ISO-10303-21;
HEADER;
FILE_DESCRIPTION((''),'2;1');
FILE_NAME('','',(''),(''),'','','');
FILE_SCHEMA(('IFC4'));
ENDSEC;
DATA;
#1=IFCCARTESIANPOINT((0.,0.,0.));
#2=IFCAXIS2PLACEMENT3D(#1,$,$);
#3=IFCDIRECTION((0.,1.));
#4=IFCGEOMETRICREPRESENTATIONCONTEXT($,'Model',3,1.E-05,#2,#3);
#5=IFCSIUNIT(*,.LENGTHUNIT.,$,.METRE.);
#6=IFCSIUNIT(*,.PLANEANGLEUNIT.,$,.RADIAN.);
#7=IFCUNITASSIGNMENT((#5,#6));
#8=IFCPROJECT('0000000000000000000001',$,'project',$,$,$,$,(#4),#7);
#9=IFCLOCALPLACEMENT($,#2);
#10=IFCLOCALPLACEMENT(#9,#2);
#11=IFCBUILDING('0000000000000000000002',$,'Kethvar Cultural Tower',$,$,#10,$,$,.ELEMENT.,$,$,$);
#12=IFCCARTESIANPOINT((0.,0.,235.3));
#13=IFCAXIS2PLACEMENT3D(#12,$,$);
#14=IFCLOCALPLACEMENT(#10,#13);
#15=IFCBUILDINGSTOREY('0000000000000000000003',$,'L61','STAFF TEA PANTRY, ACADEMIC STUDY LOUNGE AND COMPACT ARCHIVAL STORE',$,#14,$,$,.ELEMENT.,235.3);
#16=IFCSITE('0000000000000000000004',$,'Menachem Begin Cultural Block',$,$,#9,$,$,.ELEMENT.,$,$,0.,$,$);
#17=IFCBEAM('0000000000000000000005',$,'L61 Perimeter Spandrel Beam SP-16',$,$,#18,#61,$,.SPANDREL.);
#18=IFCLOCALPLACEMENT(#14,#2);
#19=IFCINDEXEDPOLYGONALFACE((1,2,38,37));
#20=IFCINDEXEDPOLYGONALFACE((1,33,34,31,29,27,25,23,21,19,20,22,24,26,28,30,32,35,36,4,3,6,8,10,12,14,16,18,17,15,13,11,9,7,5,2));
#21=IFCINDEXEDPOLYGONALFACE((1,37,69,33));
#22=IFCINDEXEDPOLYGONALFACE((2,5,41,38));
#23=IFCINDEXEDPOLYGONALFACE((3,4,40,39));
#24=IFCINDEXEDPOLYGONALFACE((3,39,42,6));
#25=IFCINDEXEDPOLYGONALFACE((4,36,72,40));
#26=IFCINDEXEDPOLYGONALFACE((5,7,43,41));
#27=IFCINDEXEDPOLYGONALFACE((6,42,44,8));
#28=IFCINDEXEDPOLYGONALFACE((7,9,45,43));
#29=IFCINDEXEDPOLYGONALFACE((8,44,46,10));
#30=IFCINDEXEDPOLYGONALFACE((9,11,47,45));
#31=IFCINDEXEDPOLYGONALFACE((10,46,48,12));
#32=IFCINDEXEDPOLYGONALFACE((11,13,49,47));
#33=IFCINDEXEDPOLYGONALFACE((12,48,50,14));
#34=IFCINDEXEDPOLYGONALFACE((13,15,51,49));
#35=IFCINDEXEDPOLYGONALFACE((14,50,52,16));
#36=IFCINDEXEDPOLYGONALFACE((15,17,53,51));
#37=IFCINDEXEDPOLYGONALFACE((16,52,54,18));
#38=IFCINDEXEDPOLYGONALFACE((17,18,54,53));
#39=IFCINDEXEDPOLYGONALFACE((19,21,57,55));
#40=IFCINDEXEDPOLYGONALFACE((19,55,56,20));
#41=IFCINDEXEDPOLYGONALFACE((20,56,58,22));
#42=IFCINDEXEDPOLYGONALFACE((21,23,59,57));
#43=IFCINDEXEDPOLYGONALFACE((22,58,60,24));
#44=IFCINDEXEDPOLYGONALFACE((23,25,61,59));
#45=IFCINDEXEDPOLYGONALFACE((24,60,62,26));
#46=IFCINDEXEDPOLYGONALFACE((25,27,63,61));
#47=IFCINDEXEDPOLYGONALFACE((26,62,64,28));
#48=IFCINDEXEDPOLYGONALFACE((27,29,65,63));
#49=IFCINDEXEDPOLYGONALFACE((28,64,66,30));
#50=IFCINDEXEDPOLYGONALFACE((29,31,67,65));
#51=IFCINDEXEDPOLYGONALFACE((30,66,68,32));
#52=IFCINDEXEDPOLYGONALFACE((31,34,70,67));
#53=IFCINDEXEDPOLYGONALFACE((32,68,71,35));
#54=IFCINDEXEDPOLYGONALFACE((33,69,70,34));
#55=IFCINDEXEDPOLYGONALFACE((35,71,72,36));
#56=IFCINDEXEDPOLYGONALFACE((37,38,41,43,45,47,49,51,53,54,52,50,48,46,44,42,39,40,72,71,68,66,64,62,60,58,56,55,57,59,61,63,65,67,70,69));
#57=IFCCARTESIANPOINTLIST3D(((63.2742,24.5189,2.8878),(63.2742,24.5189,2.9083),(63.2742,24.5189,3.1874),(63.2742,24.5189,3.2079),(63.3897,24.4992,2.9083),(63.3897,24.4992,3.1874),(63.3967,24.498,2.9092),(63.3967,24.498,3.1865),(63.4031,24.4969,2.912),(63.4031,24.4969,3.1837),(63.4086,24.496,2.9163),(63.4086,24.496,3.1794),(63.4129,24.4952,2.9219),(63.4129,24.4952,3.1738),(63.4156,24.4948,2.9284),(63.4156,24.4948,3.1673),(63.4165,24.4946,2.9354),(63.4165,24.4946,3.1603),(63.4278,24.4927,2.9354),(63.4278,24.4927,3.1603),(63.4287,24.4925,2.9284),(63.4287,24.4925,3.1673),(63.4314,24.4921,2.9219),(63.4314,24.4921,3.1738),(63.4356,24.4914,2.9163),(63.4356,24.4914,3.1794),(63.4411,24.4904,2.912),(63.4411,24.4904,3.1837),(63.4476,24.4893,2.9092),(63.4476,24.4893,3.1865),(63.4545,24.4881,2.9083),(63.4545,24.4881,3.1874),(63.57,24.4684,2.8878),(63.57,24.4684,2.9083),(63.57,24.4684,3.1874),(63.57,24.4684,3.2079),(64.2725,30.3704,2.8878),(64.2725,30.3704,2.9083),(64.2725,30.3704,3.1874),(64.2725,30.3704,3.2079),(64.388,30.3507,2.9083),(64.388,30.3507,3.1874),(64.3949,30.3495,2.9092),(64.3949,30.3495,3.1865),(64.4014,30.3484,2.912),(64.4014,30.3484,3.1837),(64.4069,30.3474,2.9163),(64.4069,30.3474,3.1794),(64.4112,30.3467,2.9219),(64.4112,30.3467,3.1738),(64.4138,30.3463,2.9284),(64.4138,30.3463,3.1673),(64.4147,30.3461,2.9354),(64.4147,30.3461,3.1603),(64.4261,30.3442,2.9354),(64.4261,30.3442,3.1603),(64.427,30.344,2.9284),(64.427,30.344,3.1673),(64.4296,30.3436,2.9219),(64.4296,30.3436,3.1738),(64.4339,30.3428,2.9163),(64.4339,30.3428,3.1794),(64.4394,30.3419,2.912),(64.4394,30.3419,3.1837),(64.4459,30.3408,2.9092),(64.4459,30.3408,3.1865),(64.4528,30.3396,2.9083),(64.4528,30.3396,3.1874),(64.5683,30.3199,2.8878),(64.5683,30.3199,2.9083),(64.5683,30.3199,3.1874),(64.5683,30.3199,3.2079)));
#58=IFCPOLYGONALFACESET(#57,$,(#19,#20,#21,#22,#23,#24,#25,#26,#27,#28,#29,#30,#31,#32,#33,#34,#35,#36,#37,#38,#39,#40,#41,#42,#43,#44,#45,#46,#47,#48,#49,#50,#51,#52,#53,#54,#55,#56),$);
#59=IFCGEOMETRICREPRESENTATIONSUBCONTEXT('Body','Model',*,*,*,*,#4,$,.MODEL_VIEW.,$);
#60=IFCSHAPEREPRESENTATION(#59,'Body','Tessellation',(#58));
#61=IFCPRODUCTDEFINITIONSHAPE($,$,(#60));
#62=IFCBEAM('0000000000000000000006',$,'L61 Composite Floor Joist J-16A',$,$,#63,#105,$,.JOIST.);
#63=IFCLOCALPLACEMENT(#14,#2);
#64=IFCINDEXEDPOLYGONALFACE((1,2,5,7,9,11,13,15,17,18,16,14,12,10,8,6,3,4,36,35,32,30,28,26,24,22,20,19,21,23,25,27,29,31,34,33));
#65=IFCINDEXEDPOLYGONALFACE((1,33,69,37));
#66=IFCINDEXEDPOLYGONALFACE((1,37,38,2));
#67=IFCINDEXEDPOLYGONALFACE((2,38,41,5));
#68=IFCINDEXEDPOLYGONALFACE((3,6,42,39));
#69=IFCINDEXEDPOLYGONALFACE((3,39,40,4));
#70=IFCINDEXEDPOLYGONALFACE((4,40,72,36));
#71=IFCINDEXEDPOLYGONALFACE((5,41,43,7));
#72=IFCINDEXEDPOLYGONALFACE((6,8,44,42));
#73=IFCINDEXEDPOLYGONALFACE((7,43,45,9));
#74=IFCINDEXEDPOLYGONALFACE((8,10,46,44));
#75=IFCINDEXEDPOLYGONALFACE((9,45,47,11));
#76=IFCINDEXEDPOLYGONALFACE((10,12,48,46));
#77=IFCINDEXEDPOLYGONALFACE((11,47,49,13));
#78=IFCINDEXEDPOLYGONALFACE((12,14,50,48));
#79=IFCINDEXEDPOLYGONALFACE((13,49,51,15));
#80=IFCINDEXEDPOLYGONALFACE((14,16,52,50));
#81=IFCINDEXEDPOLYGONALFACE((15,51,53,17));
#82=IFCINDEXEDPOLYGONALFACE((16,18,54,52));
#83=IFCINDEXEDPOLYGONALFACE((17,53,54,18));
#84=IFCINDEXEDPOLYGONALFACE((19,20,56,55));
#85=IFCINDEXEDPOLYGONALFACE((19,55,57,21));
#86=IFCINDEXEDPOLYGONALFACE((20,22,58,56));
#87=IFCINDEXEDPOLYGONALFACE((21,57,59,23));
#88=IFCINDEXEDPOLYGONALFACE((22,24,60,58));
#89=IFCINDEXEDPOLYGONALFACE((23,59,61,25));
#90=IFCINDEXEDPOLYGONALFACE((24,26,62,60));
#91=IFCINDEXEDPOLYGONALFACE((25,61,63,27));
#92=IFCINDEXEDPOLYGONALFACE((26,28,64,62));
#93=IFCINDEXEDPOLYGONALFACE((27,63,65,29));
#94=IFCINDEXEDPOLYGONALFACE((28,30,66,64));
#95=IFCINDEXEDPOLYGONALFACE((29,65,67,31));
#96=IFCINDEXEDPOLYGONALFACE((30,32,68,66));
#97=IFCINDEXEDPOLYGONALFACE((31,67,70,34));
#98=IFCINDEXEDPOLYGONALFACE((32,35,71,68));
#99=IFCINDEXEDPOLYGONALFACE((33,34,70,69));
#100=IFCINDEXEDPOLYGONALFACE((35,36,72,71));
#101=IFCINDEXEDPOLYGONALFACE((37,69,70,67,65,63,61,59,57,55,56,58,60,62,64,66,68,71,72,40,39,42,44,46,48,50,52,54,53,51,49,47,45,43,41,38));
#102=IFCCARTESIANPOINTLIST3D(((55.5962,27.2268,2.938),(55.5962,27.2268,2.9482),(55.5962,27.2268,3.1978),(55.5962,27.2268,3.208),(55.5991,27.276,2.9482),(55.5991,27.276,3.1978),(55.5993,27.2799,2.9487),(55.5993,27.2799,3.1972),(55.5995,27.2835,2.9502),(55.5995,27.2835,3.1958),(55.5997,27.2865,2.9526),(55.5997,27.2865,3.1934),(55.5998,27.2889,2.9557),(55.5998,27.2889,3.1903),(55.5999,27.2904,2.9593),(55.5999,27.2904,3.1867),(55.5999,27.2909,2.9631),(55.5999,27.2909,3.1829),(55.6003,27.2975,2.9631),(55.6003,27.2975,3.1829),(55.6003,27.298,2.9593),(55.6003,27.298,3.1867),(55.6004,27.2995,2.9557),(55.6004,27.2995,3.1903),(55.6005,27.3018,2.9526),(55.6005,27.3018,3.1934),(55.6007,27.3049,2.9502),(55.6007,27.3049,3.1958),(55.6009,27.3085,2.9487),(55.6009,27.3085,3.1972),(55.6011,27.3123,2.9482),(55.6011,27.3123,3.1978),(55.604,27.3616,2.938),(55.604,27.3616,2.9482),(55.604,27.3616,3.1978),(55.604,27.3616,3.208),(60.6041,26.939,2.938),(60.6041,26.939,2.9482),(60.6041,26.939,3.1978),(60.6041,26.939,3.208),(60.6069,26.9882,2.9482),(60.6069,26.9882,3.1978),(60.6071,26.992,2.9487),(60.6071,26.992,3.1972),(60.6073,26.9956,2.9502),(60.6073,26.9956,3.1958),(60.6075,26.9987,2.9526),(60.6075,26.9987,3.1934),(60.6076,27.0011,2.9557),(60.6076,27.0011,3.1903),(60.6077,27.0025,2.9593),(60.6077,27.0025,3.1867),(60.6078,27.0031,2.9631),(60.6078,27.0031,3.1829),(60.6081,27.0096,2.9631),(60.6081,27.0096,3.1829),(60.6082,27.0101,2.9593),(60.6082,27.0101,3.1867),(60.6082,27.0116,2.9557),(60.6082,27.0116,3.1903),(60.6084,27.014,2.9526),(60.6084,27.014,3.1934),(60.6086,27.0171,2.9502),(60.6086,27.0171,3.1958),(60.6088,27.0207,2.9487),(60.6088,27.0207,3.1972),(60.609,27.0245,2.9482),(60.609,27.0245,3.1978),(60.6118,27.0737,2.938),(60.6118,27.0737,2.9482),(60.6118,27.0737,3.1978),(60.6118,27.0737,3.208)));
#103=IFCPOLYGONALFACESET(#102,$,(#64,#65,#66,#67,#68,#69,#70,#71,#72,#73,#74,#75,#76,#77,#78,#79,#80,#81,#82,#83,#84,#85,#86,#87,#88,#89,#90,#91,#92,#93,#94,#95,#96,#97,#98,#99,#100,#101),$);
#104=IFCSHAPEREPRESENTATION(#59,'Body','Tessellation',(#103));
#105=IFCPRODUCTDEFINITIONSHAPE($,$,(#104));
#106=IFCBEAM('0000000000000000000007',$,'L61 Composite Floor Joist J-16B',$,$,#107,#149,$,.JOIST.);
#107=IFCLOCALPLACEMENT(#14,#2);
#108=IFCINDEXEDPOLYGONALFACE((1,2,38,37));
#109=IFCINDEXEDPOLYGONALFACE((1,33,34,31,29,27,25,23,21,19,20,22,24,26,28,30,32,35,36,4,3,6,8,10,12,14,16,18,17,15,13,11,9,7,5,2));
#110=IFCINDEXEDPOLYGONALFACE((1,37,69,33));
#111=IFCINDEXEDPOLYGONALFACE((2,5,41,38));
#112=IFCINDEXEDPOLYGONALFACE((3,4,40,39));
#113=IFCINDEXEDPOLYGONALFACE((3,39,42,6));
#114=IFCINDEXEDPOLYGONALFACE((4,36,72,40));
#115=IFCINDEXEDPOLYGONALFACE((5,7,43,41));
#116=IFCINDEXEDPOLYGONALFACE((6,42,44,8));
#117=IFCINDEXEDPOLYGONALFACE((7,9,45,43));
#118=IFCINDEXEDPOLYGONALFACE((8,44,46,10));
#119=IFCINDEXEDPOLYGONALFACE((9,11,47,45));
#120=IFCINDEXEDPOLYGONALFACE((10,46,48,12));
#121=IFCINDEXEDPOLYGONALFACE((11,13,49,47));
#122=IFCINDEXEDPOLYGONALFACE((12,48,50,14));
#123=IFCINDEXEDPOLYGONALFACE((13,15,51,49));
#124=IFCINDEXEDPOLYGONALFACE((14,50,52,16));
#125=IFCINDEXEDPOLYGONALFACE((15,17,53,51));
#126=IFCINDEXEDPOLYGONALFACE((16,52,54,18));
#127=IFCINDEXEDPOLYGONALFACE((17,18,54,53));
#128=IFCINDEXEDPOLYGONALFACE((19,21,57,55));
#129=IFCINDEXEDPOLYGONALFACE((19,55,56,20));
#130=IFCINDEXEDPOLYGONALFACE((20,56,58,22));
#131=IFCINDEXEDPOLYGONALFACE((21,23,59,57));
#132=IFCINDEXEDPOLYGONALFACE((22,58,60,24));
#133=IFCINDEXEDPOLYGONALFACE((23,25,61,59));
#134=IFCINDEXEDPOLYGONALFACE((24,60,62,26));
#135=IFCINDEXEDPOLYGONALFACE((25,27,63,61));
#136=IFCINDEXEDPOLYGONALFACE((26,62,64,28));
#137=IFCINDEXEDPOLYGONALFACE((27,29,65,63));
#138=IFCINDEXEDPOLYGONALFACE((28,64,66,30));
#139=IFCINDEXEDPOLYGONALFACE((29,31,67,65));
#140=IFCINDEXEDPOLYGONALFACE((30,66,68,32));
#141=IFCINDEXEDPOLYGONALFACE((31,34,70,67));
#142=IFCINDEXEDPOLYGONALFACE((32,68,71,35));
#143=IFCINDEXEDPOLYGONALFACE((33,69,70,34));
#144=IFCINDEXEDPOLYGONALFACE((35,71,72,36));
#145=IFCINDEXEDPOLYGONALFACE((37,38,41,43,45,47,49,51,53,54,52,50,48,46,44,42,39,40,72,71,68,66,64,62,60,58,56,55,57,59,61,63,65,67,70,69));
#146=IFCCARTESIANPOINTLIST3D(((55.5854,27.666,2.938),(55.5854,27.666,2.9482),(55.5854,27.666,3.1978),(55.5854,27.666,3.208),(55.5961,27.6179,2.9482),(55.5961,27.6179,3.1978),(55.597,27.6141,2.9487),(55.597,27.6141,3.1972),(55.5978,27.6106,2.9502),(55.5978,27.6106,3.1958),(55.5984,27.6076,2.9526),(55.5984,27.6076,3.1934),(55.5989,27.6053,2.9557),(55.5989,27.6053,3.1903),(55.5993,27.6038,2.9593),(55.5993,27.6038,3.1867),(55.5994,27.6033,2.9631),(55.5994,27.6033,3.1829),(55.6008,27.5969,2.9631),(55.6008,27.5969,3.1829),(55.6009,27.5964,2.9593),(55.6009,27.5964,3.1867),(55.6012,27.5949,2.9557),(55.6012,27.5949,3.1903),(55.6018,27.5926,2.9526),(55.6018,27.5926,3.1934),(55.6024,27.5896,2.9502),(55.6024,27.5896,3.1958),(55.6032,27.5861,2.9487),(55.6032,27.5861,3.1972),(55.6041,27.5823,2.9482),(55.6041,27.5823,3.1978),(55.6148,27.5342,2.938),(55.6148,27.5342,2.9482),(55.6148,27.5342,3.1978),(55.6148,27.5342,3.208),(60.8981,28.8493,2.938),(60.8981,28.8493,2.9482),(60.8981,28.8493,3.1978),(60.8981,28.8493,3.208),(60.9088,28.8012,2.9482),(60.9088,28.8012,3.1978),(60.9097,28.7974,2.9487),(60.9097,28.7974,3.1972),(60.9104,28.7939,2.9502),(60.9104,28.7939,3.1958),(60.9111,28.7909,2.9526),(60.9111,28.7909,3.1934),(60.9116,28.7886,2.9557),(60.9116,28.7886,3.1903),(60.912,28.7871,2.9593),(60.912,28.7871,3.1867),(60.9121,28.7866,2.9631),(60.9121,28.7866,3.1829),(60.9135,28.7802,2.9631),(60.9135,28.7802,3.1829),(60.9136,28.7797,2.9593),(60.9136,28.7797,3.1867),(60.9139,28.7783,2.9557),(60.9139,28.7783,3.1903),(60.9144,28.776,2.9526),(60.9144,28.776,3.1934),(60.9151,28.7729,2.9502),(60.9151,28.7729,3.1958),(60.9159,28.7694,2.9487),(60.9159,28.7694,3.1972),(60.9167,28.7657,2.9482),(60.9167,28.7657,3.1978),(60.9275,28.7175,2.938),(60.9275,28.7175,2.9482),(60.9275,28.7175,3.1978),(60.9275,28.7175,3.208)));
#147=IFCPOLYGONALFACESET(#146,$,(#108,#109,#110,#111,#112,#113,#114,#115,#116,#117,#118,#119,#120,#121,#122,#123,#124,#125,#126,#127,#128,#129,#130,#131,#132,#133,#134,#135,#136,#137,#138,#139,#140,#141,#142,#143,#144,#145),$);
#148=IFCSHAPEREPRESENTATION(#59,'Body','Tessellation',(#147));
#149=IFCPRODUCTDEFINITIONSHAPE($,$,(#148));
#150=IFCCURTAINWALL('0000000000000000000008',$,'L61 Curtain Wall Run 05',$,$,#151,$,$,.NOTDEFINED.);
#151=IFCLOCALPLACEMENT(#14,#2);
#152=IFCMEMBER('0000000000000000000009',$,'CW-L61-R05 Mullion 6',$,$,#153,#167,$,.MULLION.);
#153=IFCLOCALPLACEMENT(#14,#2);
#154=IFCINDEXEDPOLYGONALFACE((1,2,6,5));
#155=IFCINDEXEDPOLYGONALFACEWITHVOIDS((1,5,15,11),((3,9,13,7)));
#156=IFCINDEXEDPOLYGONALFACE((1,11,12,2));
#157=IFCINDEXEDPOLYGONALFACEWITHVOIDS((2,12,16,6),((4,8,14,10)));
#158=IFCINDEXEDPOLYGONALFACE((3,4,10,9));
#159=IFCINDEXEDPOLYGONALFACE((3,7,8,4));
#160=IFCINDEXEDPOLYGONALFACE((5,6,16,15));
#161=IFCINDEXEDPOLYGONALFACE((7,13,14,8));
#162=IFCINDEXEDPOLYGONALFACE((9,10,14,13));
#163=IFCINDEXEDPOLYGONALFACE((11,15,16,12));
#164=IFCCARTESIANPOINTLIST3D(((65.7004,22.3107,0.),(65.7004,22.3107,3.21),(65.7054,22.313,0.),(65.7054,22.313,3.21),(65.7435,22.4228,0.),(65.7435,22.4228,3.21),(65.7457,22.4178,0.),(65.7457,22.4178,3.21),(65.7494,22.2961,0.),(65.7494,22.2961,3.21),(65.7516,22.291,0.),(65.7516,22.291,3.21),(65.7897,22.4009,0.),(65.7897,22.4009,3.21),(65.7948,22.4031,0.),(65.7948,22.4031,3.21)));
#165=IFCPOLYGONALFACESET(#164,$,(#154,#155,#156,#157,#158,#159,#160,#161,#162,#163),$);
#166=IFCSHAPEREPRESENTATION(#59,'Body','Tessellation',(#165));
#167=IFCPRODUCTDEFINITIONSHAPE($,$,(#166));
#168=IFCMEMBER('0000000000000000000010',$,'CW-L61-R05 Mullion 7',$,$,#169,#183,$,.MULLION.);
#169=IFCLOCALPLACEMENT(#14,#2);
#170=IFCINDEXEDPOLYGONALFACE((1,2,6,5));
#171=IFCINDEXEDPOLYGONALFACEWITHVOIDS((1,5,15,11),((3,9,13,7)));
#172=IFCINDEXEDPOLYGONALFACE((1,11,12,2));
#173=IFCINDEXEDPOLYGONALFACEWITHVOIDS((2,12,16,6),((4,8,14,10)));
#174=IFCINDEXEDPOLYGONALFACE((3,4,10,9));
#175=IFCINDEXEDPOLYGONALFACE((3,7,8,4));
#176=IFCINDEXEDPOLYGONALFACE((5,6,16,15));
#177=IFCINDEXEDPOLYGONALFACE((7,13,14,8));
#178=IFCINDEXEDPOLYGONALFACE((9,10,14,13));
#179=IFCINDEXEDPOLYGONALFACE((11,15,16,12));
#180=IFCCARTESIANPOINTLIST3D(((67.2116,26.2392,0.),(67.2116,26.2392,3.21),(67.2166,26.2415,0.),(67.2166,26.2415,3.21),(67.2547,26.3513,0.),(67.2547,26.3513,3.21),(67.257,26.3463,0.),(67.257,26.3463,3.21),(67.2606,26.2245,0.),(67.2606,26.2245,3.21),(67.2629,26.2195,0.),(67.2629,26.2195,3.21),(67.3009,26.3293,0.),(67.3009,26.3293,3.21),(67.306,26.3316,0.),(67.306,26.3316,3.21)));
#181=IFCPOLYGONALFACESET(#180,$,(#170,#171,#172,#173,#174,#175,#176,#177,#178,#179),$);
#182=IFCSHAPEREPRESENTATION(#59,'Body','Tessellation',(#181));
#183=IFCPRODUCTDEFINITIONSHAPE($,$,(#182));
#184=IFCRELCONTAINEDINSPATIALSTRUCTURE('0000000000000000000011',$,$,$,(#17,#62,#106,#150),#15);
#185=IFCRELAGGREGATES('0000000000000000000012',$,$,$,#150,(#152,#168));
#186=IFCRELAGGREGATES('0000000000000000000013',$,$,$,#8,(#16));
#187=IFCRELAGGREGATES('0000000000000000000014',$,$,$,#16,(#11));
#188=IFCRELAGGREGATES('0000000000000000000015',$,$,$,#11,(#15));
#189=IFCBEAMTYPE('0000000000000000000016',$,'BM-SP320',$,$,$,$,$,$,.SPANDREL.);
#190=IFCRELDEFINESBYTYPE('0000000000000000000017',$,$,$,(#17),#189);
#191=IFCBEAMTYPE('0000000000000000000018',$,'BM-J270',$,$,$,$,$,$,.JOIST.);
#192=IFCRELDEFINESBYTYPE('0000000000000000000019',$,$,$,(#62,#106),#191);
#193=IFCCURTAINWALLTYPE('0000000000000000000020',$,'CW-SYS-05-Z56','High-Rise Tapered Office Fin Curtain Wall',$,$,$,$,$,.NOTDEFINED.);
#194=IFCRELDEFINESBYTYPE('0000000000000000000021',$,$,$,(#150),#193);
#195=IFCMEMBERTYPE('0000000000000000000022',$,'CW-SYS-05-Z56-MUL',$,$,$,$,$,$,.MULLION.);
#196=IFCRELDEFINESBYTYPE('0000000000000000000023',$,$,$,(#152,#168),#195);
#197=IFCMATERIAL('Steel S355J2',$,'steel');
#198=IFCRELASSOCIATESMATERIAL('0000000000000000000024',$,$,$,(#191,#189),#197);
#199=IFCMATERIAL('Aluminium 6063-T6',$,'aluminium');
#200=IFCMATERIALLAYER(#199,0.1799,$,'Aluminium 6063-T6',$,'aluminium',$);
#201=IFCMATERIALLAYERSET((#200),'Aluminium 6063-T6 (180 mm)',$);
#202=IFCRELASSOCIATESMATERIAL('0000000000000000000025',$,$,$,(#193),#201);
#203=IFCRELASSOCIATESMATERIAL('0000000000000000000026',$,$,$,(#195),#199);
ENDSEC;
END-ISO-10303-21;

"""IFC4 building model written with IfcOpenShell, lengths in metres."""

from ifc_helpers import new_model, si_unit, direction, frame, origin, origin_2d, place, context, subcontext, project, spatial, hollow_rectangle, i_section, extrude, source, transform, mapped, material, layer, layer_set, material_profile, profile_set, type_object, element, aggregate, save


model = new_model("IFC4")

# Units and contexts
model_context = context("Model", 3, precision=1e-05, world=origin(), true_north=direction((0.0, 1.0)))
body_context = subcontext(model_context, "Body", "Model", "MODEL_VIEW")
ifc_project = project(units=[si_unit("LENGTHUNIT", "METRE"), si_unit("PLANEANGLEUNIT", "RADIAN")], contexts=[model_context])

# Site, building, storey
site_placement = place(None, origin())
site = spatial("IfcSite", under=ifc_project, at=site_placement, Name="Menachem Begin Cultural Block", CompositionType="ELEMENT", RefElevation=0.0)
building_placement = place(site_placement, origin())
building = spatial("IfcBuilding", under=site, at=building_placement, Name="Kethvar Cultural Tower", CompositionType="ELEMENT")
storey_placement = place(building_placement, frame((0.0, 0.0, 235.3)))
storey = spatial("IfcBuildingStorey", under=building, at=storey_placement, Name="L61", Description="STAFF TEA PANTRY, ACADEMIC STUDY LOUNGE AND COMPACT ARCHIVAL STORE", CompositionType="ELEMENT", Elevation=235.3)

# Beams
ifc_material_1 = material(Name="Steel S355J2", Category="steel")
ifc_material_profile_1 = material_profile(ifc_material_1, i_section(OverallWidth=0.135, OverallDepth=0.27, WebThickness=0.0066, FlangeThickness=0.0103, FilletRadius=0.0149, at=origin_2d()), Name="Steel S355J2 — IPE270")
ifc_profile_set_1 = profile_set([ifc_material_profile_1], Name="Steel S355J2 — IPE270")
beam_type_1 = type_object("IfcBeamType", Name="BM-J270", PredefinedType="JOIST", material=ifc_profile_set_1)
ifc_material_profile_2 = material_profile(ifc_material_1, i_section(OverallWidth=0.3, OverallDepth=0.3201, WebThickness=0.0115, FlangeThickness=0.0205, FilletRadius=0.0271, at=origin_2d()), Name="Steel S355J2 — HEB320")
ifc_profile_set_2 = profile_set([ifc_material_profile_2], Name="Steel S355J2 — HEB320")
beam_type_2 = type_object("IfcBeamType", Name="BM-SP320", PredefinedType="SPANDREL", material=ifc_profile_set_2)
shared_shape_1 = source(origin(), body_context, "Body", "SweptSolid", [
    extrude(i_section(OverallWidth=0.3, OverallDepth=0.3201, WebThickness=0.0115, FlangeThickness=0.0205, FilletRadius=0.0271, at=origin_2d()), origin(), (0.0, 0.0, 1.0), 5.936),
])
beam_1_placement = place(storey_placement, frame((63.4221, 24.4937, 3.0479), z_axis=(0.168173, 0.985758, 0.0), x_axis=(-0.985758, 0.168173, 0.0)))
element("IfcBeam", 1, at=beam_1_placement, inside=storey, type_object=beam_type_2, Name="L61 Perimeter Spandrel Beam SP-16", PredefinedType="SPANDREL", context=body_context, shape_type="MappedRepresentation", body=[
    mapped(shared_shape_1, transform((0.0, 0.0, 0.0), scale=1.0)),
])
shared_shape_2 = source(origin(), body_context, "Body", "SweptSolid", [
    extrude(i_section(OverallWidth=0.135, OverallDepth=0.27, WebThickness=0.0066, FlangeThickness=0.0103, FilletRadius=0.0149, at=origin_2d()), origin(), (0.0, 0.0, 1.0), 5.0161),
])
beam_2_placement = place(storey_placement, frame((55.6001, 27.2942, 3.073), z_axis=(0.998352, -0.057384, 0.0), x_axis=(0.057384, 0.998352, 0.0)))
element("IfcBeam", 2, at=beam_2_placement, inside=storey, type_object=beam_type_1, Name="L61 Composite Floor Joist J-16A", PredefinedType="JOIST", context=body_context, shape_type="MappedRepresentation", body=[
    mapped(shared_shape_2, transform((0.0, 0.0, 0.0), scale=1.0)),
])
shared_shape_3 = source(origin(), body_context, "Body", "SweptSolid", [
    extrude(i_section(OverallWidth=0.135, OverallDepth=0.27, WebThickness=0.0066, FlangeThickness=0.0103, FilletRadius=0.0149, at=origin_2d()), origin(), (0.0, 0.0, 1.0), 5.4429),
])
beam_3_placement = place(storey_placement, frame((55.6001, 27.6001, 3.073), z_axis=(0.97608, 0.21741, 0.0), x_axis=(-0.21741, 0.97608, 0.0)))
element("IfcBeam", 3, at=beam_3_placement, inside=storey, type_object=beam_type_1, Name="L61 Composite Floor Joist J-16B", PredefinedType="JOIST", context=body_context, shape_type="MappedRepresentation", body=[
    mapped(shared_shape_3, transform((0.0, 0.0, 0.0), scale=1.0)),
])

# Curtain wall, members
ifc_material_2 = material(Name="Aluminium 6063-T6", Category="aluminium")
ifc_layer_1 = layer(ifc_material_2, 0.1799, Name="Aluminium 6063-T6", Category="aluminium")
ifc_layer_set_1 = layer_set([ifc_layer_1], Name="Aluminium 6063-T6 (180 mm)")
curtain_wall_type = type_object("IfcCurtainWallType", Name="CW-SYS-05-Z56", Description="High-Rise Tapered Office Fin Curtain Wall", PredefinedType="NOTDEFINED", material=ifc_layer_set_1)
curtain_wall_1_placement = place(storey_placement, origin())
curtain_wall_1 = element("IfcCurtainWall", 4, at=curtain_wall_1_placement, inside=storey, type_object=curtain_wall_type, Name="L61 Curtain Wall Run 05", PredefinedType="NOTDEFINED")
ifc_material_profile_3 = material_profile(ifc_material_2, hollow_rectangle(XDim=0.0549, YDim=0.1201, WallThickness=0.0039, at=origin_2d()), Name="Aluminium 6063-T6 — RHS120x55x4")
ifc_profile_set_3 = profile_set([ifc_material_profile_3], Name="Aluminium 6063-T6 — RHS120x55x4")
member_type_1 = type_object("IfcMemberType", Name="CW-SYS-05-Z56-MUL", PredefinedType="MULLION", material=ifc_profile_set_3)
shared_shape_4 = source(origin(), body_context, "Body", "SweptSolid", [
    extrude(hollow_rectangle(XDim=0.0549, YDim=0.1201, WallThickness=0.0039, at=origin_2d()), origin(), (0.0, 0.0, 1.0), 3.21),
])
member_1_placement = place(storey_placement, frame((65.7476, 22.3569, 0.0), z_axis=(0.0, 0.0, 1.0), x_axis=(-0.933317, 0.359052, 0.0)))
member_1 = element("IfcMember", 5, at=member_1_placement, type_object=member_type_1, Name="CW-L61-R05 Mullion 6", PredefinedType="MULLION", context=body_context, shape_type="MappedRepresentation", body=[
    mapped(shared_shape_4, transform((0.0, 0.0, 0.0), scale=1.0)),
])
member_2_placement = place(storey_placement, frame((67.2588, 26.2854, 0.0), z_axis=(0.0, 0.0, 1.0), x_axis=(-0.933317, 0.359052, 0.0)))
member_2 = element("IfcMember", 6, at=member_2_placement, type_object=member_type_1, Name="CW-L61-R05 Mullion 7", PredefinedType="MULLION", context=body_context, shape_type="MappedRepresentation", body=[
    mapped(shared_shape_4, transform((0.0, 0.0, 0.0), scale=1.0)),
])

aggregate(curtain_wall_1, [member_1, member_2])

save(model, "model.ifc")
